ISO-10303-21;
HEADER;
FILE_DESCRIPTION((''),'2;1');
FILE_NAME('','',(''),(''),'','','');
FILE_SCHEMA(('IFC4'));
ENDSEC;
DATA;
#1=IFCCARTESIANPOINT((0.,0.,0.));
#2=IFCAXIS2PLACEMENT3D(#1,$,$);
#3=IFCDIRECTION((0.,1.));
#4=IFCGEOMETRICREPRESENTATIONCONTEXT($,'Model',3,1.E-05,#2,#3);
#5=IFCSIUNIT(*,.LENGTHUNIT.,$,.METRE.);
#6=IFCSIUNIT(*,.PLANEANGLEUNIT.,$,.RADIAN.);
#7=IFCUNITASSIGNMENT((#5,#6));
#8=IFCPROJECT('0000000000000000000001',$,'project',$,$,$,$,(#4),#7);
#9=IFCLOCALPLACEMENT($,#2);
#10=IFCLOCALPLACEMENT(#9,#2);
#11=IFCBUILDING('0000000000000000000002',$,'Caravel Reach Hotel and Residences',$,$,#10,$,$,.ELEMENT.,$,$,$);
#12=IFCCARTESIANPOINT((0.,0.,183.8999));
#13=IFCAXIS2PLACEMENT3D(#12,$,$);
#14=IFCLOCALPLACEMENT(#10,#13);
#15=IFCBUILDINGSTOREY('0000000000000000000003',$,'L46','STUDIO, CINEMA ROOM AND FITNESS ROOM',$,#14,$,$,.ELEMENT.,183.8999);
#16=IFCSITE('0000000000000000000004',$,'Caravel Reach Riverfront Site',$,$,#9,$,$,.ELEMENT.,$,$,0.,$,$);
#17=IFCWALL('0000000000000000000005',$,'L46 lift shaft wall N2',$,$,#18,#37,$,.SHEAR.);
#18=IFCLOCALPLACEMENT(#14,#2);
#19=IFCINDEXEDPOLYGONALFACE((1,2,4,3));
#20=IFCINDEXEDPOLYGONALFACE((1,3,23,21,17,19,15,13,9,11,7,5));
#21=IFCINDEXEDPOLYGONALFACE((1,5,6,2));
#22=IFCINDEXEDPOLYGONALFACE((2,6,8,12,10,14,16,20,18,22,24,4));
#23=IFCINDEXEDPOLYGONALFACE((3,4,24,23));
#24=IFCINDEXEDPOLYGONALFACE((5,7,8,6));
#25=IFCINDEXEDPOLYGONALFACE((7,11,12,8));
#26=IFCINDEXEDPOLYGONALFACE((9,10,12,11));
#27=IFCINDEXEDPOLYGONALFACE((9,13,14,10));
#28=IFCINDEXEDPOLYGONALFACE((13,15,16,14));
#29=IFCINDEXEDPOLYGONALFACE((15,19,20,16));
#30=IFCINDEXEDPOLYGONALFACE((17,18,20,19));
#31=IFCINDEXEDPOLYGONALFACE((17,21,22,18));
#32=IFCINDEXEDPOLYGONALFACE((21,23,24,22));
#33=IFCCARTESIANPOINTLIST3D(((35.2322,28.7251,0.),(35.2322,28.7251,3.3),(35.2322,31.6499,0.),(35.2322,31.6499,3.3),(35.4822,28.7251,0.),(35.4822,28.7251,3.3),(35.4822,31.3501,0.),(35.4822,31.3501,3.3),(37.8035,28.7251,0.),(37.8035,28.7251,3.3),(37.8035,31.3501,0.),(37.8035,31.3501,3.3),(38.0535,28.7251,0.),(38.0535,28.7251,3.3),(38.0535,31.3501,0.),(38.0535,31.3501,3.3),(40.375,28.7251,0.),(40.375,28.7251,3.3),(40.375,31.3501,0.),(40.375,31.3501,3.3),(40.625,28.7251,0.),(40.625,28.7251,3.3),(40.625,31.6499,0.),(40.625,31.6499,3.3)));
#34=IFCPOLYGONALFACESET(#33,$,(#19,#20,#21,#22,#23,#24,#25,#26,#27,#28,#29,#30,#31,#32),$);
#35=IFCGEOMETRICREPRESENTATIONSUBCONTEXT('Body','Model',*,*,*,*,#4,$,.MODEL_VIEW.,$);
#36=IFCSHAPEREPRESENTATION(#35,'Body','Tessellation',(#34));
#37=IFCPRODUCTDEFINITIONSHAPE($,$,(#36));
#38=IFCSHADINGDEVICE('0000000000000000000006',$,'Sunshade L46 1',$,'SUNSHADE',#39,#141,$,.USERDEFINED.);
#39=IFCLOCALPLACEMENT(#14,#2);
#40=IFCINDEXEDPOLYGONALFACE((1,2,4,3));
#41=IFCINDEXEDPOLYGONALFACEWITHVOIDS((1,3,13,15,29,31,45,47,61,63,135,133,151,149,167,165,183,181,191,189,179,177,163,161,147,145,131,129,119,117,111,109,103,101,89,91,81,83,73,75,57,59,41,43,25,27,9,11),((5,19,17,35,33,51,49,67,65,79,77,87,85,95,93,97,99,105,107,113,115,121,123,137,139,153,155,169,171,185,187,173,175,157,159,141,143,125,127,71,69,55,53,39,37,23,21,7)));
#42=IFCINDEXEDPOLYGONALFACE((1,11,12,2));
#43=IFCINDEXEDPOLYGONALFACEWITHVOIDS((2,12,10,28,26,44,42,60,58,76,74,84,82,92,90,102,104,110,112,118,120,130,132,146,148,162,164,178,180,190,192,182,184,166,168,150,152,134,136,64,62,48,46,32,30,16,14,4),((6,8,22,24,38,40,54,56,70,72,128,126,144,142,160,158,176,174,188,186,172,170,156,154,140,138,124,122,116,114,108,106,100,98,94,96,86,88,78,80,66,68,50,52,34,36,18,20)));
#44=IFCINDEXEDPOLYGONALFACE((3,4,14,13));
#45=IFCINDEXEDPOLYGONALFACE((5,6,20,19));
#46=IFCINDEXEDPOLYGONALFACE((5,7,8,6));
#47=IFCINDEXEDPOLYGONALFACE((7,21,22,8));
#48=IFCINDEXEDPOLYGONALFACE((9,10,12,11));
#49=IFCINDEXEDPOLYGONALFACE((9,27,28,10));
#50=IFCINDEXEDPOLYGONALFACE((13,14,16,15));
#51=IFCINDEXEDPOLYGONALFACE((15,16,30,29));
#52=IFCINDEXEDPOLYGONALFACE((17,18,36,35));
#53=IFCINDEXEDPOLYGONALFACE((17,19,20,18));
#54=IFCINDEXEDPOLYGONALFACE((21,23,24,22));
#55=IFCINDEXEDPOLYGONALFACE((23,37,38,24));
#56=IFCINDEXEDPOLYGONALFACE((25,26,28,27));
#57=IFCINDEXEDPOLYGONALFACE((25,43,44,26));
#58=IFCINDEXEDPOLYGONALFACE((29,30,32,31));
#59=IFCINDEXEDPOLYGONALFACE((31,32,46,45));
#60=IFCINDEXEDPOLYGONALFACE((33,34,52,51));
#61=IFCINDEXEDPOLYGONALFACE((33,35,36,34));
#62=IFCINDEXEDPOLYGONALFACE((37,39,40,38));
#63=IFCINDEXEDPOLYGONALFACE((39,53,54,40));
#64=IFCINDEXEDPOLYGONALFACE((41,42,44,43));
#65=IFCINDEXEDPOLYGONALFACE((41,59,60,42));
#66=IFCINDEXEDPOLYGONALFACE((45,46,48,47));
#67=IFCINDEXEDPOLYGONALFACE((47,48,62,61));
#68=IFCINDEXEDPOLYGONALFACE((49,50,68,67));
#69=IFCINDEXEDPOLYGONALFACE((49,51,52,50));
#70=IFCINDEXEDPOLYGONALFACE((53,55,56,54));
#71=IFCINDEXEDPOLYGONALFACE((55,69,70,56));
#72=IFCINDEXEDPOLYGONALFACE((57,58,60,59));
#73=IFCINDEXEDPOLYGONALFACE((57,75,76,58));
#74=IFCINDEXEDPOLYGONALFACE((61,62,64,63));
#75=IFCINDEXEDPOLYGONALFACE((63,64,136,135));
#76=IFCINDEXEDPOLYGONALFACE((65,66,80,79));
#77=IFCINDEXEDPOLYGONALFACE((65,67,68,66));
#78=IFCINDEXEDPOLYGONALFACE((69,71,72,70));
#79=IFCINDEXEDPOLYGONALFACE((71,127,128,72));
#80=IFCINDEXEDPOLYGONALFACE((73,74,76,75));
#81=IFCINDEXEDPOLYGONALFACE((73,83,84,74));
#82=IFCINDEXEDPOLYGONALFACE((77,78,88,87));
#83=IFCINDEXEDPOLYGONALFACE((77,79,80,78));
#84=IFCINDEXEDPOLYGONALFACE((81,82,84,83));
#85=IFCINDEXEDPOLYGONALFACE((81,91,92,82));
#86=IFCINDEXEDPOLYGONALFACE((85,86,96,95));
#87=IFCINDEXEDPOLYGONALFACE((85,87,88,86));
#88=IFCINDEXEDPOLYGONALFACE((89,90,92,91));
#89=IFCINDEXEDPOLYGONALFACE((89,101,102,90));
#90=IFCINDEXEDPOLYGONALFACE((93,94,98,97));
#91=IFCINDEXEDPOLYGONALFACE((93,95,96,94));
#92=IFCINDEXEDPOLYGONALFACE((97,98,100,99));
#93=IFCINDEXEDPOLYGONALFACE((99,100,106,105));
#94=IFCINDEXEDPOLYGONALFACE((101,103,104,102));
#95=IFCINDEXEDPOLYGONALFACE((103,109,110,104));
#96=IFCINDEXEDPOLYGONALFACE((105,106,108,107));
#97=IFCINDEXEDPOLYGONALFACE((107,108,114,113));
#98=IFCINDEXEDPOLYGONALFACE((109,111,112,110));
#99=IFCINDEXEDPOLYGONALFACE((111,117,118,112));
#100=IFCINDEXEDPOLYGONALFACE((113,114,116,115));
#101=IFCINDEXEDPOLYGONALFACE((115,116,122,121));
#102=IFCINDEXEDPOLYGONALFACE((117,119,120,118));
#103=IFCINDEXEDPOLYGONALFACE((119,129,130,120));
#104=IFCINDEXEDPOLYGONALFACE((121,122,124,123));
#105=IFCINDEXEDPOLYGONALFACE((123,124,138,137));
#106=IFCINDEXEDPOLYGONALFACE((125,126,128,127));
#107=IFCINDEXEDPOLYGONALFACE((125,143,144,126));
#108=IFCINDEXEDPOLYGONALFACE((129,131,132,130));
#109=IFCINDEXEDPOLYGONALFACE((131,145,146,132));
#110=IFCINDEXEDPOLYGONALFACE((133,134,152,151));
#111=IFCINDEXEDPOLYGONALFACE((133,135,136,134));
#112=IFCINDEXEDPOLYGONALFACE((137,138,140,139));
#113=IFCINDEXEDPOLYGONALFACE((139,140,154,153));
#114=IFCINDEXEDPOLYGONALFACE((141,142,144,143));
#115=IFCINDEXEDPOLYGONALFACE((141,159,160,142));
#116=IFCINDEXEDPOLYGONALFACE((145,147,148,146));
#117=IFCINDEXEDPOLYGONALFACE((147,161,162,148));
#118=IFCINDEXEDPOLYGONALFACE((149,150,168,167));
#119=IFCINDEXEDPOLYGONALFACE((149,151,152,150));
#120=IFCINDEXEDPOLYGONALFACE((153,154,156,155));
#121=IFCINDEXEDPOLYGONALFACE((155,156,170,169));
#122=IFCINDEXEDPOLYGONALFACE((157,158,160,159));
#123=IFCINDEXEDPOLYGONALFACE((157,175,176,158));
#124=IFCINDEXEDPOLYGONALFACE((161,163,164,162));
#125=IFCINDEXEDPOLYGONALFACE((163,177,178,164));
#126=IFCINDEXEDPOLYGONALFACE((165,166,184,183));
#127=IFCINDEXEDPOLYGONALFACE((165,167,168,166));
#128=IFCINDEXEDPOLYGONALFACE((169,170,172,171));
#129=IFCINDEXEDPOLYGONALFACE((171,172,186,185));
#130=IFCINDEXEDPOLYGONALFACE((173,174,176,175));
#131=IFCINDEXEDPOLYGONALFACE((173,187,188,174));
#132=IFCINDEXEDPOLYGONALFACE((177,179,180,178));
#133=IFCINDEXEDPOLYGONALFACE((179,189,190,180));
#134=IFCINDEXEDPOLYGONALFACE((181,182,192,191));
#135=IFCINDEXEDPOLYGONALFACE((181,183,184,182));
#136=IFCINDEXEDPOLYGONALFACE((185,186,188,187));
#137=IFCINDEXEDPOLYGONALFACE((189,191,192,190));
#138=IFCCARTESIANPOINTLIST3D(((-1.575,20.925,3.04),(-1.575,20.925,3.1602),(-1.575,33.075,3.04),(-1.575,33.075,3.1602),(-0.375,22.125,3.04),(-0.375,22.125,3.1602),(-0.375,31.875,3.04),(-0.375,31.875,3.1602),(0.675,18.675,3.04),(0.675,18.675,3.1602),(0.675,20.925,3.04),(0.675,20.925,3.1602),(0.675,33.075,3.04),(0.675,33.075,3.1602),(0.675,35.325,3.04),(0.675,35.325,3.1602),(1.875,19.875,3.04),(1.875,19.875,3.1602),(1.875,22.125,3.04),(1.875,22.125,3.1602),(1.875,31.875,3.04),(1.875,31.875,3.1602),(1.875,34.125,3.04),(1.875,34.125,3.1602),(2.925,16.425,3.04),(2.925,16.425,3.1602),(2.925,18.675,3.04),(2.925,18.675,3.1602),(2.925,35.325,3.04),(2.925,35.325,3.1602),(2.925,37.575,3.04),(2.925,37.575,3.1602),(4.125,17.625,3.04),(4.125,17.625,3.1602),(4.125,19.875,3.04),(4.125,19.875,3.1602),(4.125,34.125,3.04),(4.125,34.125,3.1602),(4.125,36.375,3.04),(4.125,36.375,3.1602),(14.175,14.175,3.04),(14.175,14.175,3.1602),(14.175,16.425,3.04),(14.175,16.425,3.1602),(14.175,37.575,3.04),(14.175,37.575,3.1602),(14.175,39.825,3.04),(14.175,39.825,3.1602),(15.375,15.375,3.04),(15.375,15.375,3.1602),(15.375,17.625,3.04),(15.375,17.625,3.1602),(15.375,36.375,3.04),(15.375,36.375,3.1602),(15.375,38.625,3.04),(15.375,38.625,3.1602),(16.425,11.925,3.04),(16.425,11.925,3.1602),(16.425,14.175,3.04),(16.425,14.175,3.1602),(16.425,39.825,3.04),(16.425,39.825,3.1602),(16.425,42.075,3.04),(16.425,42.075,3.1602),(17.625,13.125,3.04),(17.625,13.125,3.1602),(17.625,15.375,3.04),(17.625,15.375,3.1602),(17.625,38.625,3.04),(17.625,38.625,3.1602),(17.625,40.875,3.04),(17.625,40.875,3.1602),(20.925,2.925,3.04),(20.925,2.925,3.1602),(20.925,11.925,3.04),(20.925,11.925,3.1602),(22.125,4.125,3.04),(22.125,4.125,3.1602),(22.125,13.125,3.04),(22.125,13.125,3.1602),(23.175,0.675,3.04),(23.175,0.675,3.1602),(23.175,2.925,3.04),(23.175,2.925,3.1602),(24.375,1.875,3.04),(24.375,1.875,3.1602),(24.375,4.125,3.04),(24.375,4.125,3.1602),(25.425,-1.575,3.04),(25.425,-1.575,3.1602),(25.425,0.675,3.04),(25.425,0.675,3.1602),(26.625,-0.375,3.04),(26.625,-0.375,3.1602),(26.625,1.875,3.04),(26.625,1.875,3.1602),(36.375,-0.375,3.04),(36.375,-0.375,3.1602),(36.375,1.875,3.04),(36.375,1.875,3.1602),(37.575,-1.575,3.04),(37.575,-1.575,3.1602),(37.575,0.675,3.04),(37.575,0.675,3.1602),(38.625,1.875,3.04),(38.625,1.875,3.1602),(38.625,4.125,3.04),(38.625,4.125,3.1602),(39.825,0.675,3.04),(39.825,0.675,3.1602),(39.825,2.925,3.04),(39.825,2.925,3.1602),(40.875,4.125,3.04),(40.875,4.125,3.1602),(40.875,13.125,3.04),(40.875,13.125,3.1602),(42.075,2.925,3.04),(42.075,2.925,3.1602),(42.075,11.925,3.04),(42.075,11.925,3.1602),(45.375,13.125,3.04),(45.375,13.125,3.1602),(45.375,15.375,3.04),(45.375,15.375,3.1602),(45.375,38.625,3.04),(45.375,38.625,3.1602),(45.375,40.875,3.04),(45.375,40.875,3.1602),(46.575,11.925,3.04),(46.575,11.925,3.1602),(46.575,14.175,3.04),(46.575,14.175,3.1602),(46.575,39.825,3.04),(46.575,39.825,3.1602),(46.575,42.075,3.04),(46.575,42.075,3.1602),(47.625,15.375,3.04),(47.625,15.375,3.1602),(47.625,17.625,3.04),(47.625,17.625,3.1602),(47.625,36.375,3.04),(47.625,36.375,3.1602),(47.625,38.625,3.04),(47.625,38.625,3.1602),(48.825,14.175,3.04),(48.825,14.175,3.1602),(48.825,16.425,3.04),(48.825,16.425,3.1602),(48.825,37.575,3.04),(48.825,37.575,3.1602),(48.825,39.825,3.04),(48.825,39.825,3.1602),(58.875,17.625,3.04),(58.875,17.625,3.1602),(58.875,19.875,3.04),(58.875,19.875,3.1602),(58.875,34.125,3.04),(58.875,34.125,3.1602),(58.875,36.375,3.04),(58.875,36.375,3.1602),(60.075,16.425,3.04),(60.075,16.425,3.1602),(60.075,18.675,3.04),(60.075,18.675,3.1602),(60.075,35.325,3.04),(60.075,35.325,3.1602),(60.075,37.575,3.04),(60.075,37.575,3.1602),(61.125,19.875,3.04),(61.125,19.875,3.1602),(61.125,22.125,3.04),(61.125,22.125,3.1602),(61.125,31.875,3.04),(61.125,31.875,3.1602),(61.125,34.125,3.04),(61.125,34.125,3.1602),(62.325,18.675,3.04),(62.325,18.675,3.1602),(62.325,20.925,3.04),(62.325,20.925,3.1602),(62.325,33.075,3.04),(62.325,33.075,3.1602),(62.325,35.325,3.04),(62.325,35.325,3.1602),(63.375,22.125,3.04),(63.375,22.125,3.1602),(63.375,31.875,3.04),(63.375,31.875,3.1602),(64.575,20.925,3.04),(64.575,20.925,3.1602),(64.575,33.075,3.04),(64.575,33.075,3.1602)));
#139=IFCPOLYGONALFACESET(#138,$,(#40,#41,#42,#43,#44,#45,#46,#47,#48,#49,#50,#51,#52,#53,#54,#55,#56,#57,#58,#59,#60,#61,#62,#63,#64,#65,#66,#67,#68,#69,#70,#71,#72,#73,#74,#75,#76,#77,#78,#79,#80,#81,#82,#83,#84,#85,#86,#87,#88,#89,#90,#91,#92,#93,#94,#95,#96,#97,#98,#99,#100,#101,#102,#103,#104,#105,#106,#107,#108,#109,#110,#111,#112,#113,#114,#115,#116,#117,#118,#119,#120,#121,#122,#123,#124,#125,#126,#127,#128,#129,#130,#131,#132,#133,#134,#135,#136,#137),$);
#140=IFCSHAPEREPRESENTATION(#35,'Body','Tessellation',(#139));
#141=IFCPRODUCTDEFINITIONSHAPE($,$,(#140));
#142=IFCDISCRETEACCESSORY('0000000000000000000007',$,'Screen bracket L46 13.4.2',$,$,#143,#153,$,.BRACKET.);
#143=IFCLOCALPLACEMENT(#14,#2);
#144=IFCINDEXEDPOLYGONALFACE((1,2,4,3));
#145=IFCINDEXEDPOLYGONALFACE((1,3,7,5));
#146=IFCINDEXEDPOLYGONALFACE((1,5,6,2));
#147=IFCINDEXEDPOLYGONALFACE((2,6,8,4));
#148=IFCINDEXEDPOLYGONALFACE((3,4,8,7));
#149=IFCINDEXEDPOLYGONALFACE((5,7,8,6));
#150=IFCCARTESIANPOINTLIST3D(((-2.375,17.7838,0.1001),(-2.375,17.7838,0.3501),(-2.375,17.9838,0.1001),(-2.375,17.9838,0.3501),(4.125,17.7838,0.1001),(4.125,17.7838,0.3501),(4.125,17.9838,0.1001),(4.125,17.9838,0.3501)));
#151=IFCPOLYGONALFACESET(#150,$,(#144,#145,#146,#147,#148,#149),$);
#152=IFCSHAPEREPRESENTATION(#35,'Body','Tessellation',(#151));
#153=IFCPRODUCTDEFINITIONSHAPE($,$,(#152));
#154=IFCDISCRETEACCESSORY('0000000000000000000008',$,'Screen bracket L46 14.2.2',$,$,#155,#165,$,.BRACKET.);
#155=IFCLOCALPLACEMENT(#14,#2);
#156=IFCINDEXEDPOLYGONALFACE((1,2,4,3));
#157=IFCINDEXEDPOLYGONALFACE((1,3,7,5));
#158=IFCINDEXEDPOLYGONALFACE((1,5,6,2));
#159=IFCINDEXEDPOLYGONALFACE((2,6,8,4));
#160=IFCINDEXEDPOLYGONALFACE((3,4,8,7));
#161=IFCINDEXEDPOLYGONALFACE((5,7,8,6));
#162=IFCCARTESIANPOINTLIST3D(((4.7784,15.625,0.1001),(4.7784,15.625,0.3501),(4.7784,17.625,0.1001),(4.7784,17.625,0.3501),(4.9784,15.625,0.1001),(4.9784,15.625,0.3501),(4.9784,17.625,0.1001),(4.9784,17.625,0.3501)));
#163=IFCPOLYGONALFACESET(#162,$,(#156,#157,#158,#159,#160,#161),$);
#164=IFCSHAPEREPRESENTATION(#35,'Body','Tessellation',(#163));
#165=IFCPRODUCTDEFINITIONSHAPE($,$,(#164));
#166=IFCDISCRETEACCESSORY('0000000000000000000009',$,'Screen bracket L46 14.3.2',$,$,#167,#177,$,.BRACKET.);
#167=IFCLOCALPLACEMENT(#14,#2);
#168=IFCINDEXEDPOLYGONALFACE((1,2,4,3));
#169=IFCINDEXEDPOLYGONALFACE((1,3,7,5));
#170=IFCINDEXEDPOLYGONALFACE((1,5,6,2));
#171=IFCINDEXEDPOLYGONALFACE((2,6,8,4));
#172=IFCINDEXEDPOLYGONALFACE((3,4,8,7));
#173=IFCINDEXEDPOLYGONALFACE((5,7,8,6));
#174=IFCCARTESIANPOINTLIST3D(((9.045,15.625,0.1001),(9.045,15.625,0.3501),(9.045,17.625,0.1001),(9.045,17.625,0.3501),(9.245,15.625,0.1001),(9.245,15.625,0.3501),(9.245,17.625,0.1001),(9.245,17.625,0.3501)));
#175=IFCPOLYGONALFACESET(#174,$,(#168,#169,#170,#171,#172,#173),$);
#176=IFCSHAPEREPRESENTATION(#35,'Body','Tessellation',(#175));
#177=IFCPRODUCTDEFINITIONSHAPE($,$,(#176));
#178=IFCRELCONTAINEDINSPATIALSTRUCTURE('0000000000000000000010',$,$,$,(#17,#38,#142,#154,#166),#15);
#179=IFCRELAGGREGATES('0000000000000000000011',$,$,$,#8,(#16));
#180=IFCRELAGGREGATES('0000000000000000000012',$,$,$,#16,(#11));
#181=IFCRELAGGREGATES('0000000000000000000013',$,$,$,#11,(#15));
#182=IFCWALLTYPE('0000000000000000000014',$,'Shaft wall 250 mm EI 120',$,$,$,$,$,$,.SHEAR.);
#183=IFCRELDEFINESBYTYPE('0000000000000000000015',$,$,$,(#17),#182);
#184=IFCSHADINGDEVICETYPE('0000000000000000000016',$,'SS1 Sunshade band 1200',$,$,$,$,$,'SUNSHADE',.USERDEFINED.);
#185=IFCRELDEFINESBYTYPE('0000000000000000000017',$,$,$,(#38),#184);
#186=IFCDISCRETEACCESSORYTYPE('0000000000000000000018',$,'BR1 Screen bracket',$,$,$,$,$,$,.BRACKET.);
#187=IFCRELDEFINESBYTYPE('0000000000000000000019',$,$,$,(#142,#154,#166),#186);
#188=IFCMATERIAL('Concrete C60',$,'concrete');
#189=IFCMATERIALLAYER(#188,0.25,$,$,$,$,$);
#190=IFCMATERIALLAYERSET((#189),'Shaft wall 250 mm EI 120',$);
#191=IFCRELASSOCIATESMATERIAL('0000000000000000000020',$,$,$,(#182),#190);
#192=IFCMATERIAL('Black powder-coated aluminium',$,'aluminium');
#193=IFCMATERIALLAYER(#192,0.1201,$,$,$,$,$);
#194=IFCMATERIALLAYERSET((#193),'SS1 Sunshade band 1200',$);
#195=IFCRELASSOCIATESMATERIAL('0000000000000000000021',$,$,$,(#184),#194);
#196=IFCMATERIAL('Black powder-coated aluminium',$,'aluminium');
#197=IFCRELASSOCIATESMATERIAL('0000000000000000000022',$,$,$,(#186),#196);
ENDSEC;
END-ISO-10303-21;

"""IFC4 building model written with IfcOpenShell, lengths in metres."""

from ifc_helpers import new_model, si_unit, direction, frame, origin, origin_2d, place, context, subcontext, project, spatial, polyline, rectangle, outline, extrude, material, layer, layer_set, type_object, element, save


model = new_model("IFC4")

# Units and contexts
model_context = context("Model", 3, precision=1e-05, world=origin(), true_north=direction((0.0, 1.0)))
body_context = subcontext(model_context, "Body", "Model", "MODEL_VIEW")
ifc_project = project(units=[si_unit("LENGTHUNIT", "METRE"), si_unit("PLANEANGLEUNIT", "RADIAN")], contexts=[model_context])

# Site, building, storey
site_placement = place(None, origin())
site = spatial("IfcSite", under=ifc_project, at=site_placement, Name="Caravel Reach Riverfront Site", CompositionType="ELEMENT", RefElevation=0.0)
building_placement = place(site_placement, origin())
building = spatial("IfcBuilding", under=site, at=building_placement, Name="Caravel Reach Hotel and Residences", CompositionType="ELEMENT")
storey_placement = place(building_placement, frame((0.0, 0.0, 183.8999)))
storey = spatial("IfcBuildingStorey", under=building, at=storey_placement, Name="L46", Description="STUDIO, CINEMA ROOM AND FITNESS ROOM", CompositionType="ELEMENT", Elevation=183.8999)

# Wall
ifc_material_1 = material(Name="Concrete C60", Category="concrete")
ifc_layer_1 = layer(ifc_material_1, 0.25)
ifc_layer_set_1 = layer_set([ifc_layer_1], Name="Shaft wall 250 mm EI 120")
wall_type_1 = type_object("IfcWallType", Name="Shaft wall 250 mm EI 120", PredefinedType="SHEAR", material=ifc_layer_set_1)
wall_1_placement = place(storey_placement, origin())
element("IfcWall", 1, at=wall_1_placement, inside=storey, type_object=wall_type_1, Name="L46 lift shaft wall N2", PredefinedType="SHEAR", context=body_context, shape_type="SweptSolid", body=[
    extrude(outline(polyline([(35.2322, 28.7251), (35.4822, 28.7251), (35.4822, 31.3501), (37.8035, 31.3501), (37.8035, 28.7251), (38.0535, 28.7251), (38.0535, 31.3501), (40.375, 31.3501), (40.375, 28.7251), (40.625, 28.7251), (40.625, 31.6499), (35.2322, 31.6499), (35.2322, 28.7251)])), origin(), (0.0, 0.0, 1.0), 3.3),
])

# Shading device
ifc_material_2 = material(Name="Black powder-coated aluminium", Category="aluminium")
ifc_layer_2 = layer(ifc_material_2, 0.1201)
ifc_layer_set_2 = layer_set([ifc_layer_2], Name="SS1 Sunshade band 1200")
shading_device_type = type_object("IfcShadingDeviceType", Name="SS1 Sunshade band 1200", ElementType="SUNSHADE", PredefinedType="USERDEFINED", material=ifc_layer_set_2)
shading_device_placement = place(storey_placement, frame((0.0, 0.0, 3.04)))
element("IfcShadingDevice", 2, at=shading_device_placement, inside=storey, type_object=shading_device_type, Name="Sunshade L46 1", ObjectType="SUNSHADE", PredefinedType="USERDEFINED", context=body_context, shape_type="SweptSolid", body=[
    extrude(outline(polyline([(20.925, 11.925), (20.925, 2.925), (23.175, 2.925), (23.175, 0.675), (25.425, 0.675), (25.425, -1.575), (37.575, -1.575), (37.575, 0.675), (39.825, 0.675), (39.825, 2.925), (42.075, 2.925), (42.075, 11.925), (46.575, 11.925), (46.575, 14.175), (48.825, 14.175), (48.825, 16.425), (60.075, 16.425), (60.075, 18.675), (62.325, 18.675), (62.325, 20.925), (64.575, 20.925), (64.575, 33.075), (62.325, 33.075), (62.325, 35.325), (60.075, 35.325), (60.075, 37.575), (48.825, 37.575), (48.825, 39.825), (46.575, 39.825), (46.575, 42.075), (16.425, 42.075), (16.425, 39.825), (14.175, 39.825), (14.175, 37.575), (2.925, 37.575), (2.925, 35.325), (0.675, 35.325), (0.675, 33.075), (-1.575, 33.075), (-1.575, 20.925), (0.675, 20.925), (0.675, 18.675), (2.925, 18.675), (2.925, 16.425), (14.175, 16.425), (14.175, 14.175), (16.425, 14.175), (16.425, 11.925), (20.925, 11.925)]), holes=[polyline([(24.375, 4.125), (22.125, 4.125), (22.125, 13.125), (17.625, 13.125), (17.625, 15.375), (15.375, 15.375), (15.375, 17.625), (4.125, 17.625), (4.125, 19.875), (1.875, 19.875), (1.875, 22.125), (-0.375, 22.125), (-0.375, 31.875), (1.875, 31.875), (1.875, 34.125), (4.125, 34.125), (4.125, 36.375), (15.375, 36.375), (15.375, 38.625), (17.625, 38.625), (17.625, 40.875), (45.375, 40.875), (45.375, 38.625), (47.625, 38.625), (47.625, 36.375), (58.875, 36.375), (58.875, 34.125), (61.125, 34.125), (61.125, 31.875), (63.375, 31.875), (63.375, 22.125), (61.125, 22.125), (61.125, 19.875), (58.875, 19.875), (58.875, 17.625), (47.625, 17.625), (47.625, 15.375), (45.375, 15.375), (45.375, 13.125), (40.875, 13.125), (40.875, 4.125), (38.625, 4.125), (38.625, 1.875), (36.375, 1.875), (36.375, -0.375), (26.625, -0.375), (26.625, 1.875), (24.375, 1.875), (24.375, 4.125)])]), origin(), (0.0, 0.0, 1.0), 0.1201),
])

# Discrete accessories
ifc_material_3 = material(Name="Black powder-coated aluminium", Category="aluminium")
discrete_accessory_type = type_object("IfcDiscreteAccessoryType", Name="BR1 Screen bracket", PredefinedType="BRACKET", material=ifc_material_3)
discrete_accessory_1_placement = place(storey_placement, frame((0.875, 17.8838, 0.1001), z_axis=(0.0, 0.0, 1.0), x_axis=(-1.0, 0.0, 0.0)))
element("IfcDiscreteAccessory", 3, at=discrete_accessory_1_placement, inside=storey, type_object=discrete_accessory_type, Name="Screen bracket L46 13.4.2", PredefinedType="BRACKET", context=body_context, shape_type="SweptSolid", body=[
    extrude(rectangle(XDim=6.5, YDim=0.2, at=origin_2d()), origin(), (0.0, 0.0, 1.0), 0.25),
])
for number, where, z_axis, x_axis, name in (
    (4, (4.8784, 16.625, 0.1001), (0.0, 0.0, 1.0), (0.0, -1.0, 0.0), "Screen bracket L46 14.2.2"),
    (5, (9.145, 16.625, 0.1001), (0.0, 0.0, 1.0), (0.0, -1.0, 0.0), "Screen bracket L46 14.3.2"),
):
    element("IfcDiscreteAccessory", number, at=place(storey_placement, frame(where, z_axis=z_axis, x_axis=x_axis)), inside=storey, type_object=discrete_accessory_type, Name=name, PredefinedType="BRACKET", context=body_context, shape_type="SweptSolid", body=[
        extrude(rectangle(XDim=2.0, YDim=0.2, at=origin_2d()), origin(), (0.0, 0.0, 1.0), 0.25),
    ])

save(model, "model.ifc")
